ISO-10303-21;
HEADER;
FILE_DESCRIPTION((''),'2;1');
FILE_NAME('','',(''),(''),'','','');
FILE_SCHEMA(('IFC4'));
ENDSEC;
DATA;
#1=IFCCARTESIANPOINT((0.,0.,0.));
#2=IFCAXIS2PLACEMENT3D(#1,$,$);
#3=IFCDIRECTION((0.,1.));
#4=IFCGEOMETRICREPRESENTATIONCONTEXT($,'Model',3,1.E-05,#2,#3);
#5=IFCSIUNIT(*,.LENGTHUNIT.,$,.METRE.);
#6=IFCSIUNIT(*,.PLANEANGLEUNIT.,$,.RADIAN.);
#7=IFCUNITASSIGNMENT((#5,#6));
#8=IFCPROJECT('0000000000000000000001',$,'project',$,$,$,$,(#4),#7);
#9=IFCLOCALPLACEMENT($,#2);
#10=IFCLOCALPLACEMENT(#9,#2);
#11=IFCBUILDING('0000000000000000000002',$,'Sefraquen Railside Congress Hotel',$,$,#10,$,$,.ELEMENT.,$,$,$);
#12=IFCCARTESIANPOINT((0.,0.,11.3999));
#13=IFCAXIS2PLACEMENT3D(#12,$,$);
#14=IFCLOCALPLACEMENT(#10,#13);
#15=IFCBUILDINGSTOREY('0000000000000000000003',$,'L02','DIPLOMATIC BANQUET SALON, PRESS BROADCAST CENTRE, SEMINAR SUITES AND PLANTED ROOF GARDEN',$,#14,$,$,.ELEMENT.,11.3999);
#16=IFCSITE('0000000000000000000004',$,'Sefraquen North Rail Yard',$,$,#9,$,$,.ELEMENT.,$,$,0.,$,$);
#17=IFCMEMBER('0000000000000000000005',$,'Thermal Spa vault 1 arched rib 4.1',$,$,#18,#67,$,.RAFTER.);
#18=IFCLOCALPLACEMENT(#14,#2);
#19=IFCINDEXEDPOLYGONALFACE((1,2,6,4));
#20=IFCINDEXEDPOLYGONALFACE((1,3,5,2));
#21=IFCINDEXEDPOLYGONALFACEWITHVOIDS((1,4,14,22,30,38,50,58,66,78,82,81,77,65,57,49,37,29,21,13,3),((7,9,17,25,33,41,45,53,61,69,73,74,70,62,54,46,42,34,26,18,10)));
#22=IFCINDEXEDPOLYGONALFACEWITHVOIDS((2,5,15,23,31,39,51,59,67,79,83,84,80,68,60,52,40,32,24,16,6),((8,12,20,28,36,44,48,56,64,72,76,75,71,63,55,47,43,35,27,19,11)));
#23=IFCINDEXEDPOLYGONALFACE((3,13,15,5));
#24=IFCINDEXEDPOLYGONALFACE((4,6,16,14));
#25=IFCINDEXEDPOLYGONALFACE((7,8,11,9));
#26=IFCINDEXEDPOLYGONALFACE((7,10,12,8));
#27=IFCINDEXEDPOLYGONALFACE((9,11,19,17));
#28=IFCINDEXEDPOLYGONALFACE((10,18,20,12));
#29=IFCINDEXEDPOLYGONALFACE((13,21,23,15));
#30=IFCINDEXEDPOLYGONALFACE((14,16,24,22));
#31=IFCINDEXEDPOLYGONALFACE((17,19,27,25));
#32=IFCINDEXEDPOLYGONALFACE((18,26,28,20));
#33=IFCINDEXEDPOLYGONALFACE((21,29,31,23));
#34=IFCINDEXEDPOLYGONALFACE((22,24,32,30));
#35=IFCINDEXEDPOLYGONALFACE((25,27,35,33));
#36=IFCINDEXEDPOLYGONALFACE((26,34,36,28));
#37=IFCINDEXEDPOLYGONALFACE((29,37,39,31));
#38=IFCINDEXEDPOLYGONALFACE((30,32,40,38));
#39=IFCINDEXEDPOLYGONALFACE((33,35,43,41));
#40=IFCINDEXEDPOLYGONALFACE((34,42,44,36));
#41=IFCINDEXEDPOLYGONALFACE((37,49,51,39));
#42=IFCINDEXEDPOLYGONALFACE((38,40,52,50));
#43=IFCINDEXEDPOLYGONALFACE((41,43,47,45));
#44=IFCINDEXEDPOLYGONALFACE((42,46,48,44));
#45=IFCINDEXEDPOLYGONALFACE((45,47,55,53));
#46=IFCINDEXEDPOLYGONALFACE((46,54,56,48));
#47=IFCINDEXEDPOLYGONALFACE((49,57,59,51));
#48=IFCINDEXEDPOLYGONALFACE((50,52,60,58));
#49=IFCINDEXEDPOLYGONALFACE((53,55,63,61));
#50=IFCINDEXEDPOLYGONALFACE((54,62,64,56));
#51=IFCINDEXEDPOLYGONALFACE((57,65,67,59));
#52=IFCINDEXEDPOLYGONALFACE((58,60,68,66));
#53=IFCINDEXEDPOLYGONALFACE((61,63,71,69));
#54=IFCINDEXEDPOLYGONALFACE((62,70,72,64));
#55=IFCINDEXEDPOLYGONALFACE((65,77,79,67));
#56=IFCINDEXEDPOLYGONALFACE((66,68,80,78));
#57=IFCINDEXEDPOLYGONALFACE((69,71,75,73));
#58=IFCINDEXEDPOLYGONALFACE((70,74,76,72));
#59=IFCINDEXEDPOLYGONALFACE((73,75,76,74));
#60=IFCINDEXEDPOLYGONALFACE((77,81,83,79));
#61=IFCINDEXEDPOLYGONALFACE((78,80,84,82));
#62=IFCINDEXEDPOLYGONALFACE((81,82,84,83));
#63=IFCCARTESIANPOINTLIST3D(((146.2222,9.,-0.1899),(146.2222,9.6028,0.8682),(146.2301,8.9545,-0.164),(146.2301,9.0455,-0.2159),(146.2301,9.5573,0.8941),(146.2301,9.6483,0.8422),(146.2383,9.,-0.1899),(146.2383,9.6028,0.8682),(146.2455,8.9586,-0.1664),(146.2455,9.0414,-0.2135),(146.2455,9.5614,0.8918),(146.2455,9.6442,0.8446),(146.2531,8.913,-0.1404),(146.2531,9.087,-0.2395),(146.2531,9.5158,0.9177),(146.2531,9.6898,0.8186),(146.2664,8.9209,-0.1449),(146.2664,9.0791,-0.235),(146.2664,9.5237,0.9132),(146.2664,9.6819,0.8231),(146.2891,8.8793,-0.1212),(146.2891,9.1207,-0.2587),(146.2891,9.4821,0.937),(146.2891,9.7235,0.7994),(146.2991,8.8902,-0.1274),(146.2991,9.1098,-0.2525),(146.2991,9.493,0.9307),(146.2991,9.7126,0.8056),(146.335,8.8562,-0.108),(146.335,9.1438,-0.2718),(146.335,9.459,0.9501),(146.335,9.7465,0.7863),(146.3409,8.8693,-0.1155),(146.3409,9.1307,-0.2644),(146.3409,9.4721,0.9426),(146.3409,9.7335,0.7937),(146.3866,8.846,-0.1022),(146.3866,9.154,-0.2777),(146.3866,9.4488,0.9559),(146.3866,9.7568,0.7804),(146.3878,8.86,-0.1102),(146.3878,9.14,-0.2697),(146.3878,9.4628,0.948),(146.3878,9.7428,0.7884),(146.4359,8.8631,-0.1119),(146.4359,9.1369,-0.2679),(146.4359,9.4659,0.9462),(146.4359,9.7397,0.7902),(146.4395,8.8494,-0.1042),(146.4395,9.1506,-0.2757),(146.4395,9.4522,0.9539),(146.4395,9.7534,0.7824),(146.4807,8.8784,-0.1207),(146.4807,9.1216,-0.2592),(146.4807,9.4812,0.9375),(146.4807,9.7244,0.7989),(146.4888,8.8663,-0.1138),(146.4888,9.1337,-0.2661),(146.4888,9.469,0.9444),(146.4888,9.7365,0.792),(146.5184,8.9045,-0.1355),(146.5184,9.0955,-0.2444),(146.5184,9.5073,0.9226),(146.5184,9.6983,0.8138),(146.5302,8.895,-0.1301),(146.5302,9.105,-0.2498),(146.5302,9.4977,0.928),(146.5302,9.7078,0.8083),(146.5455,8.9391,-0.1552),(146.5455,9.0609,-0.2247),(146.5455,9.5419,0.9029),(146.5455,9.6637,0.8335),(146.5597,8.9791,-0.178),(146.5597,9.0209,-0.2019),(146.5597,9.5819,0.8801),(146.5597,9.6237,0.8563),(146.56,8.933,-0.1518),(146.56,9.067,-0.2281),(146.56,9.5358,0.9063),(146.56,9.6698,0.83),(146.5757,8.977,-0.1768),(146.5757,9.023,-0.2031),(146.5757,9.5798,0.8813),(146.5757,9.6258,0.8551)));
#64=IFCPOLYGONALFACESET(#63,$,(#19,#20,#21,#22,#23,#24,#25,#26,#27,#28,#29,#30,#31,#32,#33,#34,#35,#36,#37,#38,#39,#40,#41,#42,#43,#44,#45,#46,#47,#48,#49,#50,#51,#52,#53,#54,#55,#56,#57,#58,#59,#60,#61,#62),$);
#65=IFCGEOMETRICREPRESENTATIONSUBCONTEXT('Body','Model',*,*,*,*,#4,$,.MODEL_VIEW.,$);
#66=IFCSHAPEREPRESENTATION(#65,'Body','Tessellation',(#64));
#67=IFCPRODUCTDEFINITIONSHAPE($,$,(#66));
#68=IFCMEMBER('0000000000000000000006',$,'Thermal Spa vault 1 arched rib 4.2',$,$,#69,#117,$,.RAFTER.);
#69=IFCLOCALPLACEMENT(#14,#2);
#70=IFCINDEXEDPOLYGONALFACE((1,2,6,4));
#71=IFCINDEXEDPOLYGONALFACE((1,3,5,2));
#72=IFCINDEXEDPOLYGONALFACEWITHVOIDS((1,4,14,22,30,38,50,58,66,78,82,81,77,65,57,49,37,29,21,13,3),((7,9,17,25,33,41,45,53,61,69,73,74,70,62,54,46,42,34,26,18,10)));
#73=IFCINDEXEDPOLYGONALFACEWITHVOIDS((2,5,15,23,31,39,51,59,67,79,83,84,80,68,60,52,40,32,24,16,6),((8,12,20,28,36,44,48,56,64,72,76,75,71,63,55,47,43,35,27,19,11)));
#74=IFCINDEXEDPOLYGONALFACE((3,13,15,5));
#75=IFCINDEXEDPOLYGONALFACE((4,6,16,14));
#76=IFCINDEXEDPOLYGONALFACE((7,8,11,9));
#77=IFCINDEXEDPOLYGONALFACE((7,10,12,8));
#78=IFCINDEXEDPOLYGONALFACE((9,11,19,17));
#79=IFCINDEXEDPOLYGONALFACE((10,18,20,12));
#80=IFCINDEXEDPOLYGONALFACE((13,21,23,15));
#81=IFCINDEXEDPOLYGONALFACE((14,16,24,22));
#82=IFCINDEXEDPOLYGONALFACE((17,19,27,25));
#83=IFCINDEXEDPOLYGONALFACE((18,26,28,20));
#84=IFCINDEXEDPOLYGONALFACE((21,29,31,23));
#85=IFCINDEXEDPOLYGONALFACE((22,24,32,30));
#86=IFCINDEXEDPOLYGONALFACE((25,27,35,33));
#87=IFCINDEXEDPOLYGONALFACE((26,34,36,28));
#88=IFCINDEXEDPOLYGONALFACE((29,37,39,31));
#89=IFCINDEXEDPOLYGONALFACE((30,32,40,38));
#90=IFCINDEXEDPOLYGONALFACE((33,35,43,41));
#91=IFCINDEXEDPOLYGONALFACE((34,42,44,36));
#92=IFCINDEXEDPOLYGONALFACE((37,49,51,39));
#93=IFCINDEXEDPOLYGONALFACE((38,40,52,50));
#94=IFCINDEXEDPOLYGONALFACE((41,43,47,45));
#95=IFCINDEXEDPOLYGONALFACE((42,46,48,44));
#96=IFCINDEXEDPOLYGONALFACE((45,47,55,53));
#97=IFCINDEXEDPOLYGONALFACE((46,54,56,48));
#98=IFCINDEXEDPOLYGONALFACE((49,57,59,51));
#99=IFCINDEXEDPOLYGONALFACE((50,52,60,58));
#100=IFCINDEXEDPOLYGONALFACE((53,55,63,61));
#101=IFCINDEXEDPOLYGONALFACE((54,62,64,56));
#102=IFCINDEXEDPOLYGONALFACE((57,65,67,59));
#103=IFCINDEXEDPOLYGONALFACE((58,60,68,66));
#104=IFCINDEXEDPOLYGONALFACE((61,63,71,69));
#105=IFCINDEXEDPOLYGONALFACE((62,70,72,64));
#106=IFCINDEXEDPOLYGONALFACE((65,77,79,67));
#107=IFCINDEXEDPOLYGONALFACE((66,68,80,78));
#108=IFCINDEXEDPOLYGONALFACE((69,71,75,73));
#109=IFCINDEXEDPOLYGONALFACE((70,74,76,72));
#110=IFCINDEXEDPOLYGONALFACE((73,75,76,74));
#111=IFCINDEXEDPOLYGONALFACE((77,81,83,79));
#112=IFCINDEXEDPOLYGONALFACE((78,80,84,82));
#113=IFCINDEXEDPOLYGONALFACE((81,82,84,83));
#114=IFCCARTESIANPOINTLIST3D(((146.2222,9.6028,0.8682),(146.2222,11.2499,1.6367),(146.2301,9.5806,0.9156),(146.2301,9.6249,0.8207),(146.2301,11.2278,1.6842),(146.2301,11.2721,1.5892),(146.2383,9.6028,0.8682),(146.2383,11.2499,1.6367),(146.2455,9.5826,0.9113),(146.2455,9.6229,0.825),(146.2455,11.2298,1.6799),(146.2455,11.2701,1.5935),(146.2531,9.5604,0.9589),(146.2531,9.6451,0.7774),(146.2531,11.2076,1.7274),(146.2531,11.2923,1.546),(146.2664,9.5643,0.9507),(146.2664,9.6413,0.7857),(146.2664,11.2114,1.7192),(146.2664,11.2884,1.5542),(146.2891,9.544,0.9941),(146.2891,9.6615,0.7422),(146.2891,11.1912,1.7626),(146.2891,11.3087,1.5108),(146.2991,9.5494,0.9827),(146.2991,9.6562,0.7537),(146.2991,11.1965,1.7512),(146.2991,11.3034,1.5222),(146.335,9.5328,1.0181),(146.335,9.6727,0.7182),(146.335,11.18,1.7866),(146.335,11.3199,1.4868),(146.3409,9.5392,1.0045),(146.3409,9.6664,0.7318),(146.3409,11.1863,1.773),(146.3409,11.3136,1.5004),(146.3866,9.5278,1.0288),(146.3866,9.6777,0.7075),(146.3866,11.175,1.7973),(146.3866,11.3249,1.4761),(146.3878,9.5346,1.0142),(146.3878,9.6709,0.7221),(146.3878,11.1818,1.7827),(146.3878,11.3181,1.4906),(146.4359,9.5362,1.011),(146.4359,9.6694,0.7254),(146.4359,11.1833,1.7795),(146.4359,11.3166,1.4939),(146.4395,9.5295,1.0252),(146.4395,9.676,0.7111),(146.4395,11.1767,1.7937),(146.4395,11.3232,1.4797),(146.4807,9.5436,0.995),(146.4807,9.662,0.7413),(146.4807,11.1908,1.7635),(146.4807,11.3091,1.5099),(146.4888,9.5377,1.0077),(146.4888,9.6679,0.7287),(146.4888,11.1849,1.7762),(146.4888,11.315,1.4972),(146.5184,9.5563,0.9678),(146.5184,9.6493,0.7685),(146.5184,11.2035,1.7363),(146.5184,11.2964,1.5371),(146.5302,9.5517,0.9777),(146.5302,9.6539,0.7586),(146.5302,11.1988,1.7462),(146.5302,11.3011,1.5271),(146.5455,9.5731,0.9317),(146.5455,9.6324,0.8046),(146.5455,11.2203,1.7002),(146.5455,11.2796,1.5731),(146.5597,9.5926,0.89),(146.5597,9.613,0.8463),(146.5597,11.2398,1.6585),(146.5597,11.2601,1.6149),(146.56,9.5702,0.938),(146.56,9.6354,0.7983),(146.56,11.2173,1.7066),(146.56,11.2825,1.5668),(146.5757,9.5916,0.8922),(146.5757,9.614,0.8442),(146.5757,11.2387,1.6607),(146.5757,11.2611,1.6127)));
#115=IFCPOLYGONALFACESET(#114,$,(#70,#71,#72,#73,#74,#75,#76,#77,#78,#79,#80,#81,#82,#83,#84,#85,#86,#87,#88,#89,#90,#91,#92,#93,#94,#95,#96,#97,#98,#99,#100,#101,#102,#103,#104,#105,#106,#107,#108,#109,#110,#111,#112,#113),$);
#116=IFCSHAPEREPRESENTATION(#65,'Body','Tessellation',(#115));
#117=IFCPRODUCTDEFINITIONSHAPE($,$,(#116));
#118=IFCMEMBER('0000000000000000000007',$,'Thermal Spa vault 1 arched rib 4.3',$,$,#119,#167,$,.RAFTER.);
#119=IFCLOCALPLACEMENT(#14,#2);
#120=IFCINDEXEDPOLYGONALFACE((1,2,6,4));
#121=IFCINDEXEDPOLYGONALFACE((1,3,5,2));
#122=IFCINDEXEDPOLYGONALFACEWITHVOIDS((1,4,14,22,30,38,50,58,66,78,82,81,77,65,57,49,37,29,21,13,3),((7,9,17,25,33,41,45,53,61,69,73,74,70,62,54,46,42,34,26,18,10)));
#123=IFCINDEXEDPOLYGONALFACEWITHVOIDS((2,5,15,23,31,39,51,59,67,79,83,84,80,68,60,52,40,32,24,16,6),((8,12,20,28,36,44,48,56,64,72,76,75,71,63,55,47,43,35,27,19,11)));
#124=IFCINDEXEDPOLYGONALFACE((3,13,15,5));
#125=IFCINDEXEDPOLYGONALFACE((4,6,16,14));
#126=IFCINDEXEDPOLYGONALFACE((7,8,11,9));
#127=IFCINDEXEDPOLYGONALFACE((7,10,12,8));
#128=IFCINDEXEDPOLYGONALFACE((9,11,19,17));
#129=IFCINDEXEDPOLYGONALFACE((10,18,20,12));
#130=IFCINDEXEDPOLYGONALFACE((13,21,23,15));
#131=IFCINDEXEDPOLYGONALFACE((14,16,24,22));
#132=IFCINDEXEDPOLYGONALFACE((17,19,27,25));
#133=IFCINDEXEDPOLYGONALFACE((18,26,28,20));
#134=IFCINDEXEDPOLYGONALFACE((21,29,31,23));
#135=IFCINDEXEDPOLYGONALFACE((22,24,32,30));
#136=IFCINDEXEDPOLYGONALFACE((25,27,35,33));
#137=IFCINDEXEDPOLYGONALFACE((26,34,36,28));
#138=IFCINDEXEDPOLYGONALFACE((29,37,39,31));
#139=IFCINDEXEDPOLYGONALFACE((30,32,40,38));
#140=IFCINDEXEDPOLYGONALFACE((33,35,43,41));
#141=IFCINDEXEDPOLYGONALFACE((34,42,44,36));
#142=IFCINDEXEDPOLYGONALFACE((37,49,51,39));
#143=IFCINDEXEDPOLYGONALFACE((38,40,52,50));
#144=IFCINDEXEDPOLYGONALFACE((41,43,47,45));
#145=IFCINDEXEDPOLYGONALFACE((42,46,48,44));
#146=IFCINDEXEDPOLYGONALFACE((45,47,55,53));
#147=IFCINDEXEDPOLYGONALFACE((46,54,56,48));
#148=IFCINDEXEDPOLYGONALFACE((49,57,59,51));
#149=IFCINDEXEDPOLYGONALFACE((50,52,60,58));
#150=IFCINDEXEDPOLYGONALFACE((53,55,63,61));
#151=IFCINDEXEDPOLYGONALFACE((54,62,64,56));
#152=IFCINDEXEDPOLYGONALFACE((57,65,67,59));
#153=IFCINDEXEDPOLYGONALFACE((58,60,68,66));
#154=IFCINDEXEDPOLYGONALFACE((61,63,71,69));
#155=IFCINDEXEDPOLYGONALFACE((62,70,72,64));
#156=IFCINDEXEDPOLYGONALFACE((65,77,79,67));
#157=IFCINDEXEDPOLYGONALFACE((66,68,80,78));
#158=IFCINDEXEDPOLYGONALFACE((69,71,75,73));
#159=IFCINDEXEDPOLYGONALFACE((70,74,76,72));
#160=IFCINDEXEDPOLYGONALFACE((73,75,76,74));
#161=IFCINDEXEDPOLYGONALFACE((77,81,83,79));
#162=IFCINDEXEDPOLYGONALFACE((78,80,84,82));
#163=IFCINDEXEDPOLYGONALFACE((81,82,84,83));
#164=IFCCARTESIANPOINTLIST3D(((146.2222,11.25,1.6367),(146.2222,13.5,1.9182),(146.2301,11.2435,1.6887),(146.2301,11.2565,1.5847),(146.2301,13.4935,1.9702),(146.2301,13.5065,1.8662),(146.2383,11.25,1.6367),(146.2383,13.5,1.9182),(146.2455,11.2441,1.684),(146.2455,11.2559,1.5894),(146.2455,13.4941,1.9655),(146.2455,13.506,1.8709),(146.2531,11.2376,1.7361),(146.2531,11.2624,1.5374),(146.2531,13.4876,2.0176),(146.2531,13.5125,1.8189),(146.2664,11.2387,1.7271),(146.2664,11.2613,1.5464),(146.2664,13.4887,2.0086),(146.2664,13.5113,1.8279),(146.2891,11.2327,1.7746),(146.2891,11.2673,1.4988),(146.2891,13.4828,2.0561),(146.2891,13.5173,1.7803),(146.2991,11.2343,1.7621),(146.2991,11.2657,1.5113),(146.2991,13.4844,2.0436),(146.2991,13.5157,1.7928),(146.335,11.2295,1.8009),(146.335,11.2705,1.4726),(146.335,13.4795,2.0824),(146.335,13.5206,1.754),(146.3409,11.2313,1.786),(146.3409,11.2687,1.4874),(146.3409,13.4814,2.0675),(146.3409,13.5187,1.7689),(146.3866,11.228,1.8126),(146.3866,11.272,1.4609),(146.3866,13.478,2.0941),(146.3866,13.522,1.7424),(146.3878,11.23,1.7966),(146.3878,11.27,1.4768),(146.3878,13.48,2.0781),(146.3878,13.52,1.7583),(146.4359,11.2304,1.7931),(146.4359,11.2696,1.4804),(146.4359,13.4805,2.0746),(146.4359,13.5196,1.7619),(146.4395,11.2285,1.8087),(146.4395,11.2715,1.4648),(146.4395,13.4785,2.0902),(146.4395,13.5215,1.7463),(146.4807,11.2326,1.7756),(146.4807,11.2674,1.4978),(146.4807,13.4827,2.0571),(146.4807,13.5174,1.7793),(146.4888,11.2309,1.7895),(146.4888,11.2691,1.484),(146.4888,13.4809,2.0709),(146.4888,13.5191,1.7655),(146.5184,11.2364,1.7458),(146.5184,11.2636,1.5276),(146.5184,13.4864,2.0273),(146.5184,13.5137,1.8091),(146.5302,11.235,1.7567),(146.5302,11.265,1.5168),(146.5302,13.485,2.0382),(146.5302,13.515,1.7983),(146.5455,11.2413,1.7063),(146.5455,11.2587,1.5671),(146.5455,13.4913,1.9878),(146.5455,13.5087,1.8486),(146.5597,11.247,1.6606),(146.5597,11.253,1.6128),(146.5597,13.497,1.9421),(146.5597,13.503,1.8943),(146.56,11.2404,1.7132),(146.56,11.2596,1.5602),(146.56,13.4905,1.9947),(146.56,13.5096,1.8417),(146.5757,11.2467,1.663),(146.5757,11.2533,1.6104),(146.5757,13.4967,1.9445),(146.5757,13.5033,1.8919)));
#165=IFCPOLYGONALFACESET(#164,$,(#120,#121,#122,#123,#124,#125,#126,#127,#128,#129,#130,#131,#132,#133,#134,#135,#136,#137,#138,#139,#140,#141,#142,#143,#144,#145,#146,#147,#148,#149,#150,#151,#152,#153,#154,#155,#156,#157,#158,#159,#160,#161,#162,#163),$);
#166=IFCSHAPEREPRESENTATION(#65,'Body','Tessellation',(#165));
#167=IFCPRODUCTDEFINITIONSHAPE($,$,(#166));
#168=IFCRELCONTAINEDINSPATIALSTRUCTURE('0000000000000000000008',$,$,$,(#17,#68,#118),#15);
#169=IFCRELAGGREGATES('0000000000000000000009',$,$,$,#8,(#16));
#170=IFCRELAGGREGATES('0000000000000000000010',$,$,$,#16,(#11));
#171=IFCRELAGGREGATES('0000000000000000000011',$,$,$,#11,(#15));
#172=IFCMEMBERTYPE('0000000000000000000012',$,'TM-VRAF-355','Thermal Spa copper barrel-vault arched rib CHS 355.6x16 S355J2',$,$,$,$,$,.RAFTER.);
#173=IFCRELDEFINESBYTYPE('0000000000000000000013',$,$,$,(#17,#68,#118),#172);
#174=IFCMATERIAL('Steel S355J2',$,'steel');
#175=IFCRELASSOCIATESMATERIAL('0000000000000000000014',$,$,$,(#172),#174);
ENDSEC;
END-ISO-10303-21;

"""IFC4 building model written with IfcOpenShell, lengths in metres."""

from ifc_helpers import new_model, si_unit, direction, frame, origin, origin_2d, place, context, subcontext, project, spatial, hollow_circle, extrude, material, material_profile, profile_set, type_object, element, save


model = new_model("IFC4")

# Units and contexts
model_context = context("Model", 3, precision=1e-05, world=origin(), true_north=direction((0.0, 1.0)))
body_context = subcontext(model_context, "Body", "Model", "MODEL_VIEW")
ifc_project = project(units=[si_unit("LENGTHUNIT", "METRE"), si_unit("PLANEANGLEUNIT", "RADIAN")], contexts=[model_context])

# Site, building, storey
site_placement = place(None, origin())
site = spatial("IfcSite", under=ifc_project, at=site_placement, Name="Sefraquen North Rail Yard", CompositionType="ELEMENT", RefElevation=0.0)
building_placement = place(site_placement, origin())
building = spatial("IfcBuilding", under=site, at=building_placement, Name="Sefraquen Railside Congress Hotel", CompositionType="ELEMENT")
storey_placement = place(building_placement, frame((0.0, 0.0, 11.3999)))
storey = spatial("IfcBuildingStorey", under=building, at=storey_placement, Name="L02", Description="DIPLOMATIC BANQUET SALON, PRESS BROADCAST CENTRE, SEMINAR SUITES AND PLANTED ROOF GARDEN", CompositionType="ELEMENT", Elevation=11.3999)

# Members
ifc_material_1 = material(Name="Steel S355J2", Category="steel")
ifc_material_profile_1 = material_profile(ifc_material_1, hollow_circle(Radius=0.1777, WallThickness=0.0161, at=origin_2d()), Name="CHS 355.6x16")
ifc_profile_set_1 = profile_set([ifc_material_profile_1], Name="Steel S355J2")
member_type = type_object("IfcMemberType", Name="TM-VRAF-355", Description="Thermal Spa copper barrel-vault arched rib CHS 355.6x16 S355J2", PredefinedType="RAFTER", material=ifc_profile_set_1)
member_1_placement = place(storey_placement, frame((146.3999, 9.0, -0.1899), z_axis=(0.0, 0.494994, 0.868896), x_axis=(-1.0, 0.0, 0.0)))
element("IfcMember", 1, at=member_1_placement, inside=storey, type_object=member_type, Name="Thermal Spa vault 1 arched rib 4.1", PredefinedType="RAFTER", context=body_context, shape_type="SweptSolid", body=[
    extrude(hollow_circle(Radius=0.1777, WallThickness=0.0161, at=origin_2d()), origin(), (0.0, 0.0, 1.0), 1.2178),
])
member_2_placement = place(storey_placement, frame((146.3999, 9.6028, 0.8682), z_axis=(0.0, 0.906214, 0.422819), x_axis=(-1.0, 0.0, 0.0)))
element("IfcMember", 2, at=member_2_placement, inside=storey, type_object=member_type, Name="Thermal Spa vault 1 arched rib 4.2", PredefinedType="RAFTER", context=body_context, shape_type="SweptSolid", body=[
    extrude(hollow_circle(Radius=0.1777, WallThickness=0.0161, at=origin_2d()), origin(), (0.0, 0.0, 1.0), 1.8176),
])
for number, where, z_axis, x_axis, name in (
    (3, (146.3999, 11.25, 1.6367), (0.0, 0.992265, 0.124141), (-1.0, 0.0, 0.0), "Thermal Spa vault 1 arched rib 4.3"),
):
    element("IfcMember", number, at=place(storey_placement, frame(where, z_axis=z_axis, x_axis=x_axis)), inside=storey, type_object=member_type, Name=name, PredefinedType="RAFTER", context=body_context, shape_type="SweptSolid", body=[
        extrude(hollow_circle(Radius=0.1777, WallThickness=0.0161, at=origin_2d()), origin(), (0.0, 0.0, 1.0), 2.2676),
    ])

save(model, "model.ifc")
